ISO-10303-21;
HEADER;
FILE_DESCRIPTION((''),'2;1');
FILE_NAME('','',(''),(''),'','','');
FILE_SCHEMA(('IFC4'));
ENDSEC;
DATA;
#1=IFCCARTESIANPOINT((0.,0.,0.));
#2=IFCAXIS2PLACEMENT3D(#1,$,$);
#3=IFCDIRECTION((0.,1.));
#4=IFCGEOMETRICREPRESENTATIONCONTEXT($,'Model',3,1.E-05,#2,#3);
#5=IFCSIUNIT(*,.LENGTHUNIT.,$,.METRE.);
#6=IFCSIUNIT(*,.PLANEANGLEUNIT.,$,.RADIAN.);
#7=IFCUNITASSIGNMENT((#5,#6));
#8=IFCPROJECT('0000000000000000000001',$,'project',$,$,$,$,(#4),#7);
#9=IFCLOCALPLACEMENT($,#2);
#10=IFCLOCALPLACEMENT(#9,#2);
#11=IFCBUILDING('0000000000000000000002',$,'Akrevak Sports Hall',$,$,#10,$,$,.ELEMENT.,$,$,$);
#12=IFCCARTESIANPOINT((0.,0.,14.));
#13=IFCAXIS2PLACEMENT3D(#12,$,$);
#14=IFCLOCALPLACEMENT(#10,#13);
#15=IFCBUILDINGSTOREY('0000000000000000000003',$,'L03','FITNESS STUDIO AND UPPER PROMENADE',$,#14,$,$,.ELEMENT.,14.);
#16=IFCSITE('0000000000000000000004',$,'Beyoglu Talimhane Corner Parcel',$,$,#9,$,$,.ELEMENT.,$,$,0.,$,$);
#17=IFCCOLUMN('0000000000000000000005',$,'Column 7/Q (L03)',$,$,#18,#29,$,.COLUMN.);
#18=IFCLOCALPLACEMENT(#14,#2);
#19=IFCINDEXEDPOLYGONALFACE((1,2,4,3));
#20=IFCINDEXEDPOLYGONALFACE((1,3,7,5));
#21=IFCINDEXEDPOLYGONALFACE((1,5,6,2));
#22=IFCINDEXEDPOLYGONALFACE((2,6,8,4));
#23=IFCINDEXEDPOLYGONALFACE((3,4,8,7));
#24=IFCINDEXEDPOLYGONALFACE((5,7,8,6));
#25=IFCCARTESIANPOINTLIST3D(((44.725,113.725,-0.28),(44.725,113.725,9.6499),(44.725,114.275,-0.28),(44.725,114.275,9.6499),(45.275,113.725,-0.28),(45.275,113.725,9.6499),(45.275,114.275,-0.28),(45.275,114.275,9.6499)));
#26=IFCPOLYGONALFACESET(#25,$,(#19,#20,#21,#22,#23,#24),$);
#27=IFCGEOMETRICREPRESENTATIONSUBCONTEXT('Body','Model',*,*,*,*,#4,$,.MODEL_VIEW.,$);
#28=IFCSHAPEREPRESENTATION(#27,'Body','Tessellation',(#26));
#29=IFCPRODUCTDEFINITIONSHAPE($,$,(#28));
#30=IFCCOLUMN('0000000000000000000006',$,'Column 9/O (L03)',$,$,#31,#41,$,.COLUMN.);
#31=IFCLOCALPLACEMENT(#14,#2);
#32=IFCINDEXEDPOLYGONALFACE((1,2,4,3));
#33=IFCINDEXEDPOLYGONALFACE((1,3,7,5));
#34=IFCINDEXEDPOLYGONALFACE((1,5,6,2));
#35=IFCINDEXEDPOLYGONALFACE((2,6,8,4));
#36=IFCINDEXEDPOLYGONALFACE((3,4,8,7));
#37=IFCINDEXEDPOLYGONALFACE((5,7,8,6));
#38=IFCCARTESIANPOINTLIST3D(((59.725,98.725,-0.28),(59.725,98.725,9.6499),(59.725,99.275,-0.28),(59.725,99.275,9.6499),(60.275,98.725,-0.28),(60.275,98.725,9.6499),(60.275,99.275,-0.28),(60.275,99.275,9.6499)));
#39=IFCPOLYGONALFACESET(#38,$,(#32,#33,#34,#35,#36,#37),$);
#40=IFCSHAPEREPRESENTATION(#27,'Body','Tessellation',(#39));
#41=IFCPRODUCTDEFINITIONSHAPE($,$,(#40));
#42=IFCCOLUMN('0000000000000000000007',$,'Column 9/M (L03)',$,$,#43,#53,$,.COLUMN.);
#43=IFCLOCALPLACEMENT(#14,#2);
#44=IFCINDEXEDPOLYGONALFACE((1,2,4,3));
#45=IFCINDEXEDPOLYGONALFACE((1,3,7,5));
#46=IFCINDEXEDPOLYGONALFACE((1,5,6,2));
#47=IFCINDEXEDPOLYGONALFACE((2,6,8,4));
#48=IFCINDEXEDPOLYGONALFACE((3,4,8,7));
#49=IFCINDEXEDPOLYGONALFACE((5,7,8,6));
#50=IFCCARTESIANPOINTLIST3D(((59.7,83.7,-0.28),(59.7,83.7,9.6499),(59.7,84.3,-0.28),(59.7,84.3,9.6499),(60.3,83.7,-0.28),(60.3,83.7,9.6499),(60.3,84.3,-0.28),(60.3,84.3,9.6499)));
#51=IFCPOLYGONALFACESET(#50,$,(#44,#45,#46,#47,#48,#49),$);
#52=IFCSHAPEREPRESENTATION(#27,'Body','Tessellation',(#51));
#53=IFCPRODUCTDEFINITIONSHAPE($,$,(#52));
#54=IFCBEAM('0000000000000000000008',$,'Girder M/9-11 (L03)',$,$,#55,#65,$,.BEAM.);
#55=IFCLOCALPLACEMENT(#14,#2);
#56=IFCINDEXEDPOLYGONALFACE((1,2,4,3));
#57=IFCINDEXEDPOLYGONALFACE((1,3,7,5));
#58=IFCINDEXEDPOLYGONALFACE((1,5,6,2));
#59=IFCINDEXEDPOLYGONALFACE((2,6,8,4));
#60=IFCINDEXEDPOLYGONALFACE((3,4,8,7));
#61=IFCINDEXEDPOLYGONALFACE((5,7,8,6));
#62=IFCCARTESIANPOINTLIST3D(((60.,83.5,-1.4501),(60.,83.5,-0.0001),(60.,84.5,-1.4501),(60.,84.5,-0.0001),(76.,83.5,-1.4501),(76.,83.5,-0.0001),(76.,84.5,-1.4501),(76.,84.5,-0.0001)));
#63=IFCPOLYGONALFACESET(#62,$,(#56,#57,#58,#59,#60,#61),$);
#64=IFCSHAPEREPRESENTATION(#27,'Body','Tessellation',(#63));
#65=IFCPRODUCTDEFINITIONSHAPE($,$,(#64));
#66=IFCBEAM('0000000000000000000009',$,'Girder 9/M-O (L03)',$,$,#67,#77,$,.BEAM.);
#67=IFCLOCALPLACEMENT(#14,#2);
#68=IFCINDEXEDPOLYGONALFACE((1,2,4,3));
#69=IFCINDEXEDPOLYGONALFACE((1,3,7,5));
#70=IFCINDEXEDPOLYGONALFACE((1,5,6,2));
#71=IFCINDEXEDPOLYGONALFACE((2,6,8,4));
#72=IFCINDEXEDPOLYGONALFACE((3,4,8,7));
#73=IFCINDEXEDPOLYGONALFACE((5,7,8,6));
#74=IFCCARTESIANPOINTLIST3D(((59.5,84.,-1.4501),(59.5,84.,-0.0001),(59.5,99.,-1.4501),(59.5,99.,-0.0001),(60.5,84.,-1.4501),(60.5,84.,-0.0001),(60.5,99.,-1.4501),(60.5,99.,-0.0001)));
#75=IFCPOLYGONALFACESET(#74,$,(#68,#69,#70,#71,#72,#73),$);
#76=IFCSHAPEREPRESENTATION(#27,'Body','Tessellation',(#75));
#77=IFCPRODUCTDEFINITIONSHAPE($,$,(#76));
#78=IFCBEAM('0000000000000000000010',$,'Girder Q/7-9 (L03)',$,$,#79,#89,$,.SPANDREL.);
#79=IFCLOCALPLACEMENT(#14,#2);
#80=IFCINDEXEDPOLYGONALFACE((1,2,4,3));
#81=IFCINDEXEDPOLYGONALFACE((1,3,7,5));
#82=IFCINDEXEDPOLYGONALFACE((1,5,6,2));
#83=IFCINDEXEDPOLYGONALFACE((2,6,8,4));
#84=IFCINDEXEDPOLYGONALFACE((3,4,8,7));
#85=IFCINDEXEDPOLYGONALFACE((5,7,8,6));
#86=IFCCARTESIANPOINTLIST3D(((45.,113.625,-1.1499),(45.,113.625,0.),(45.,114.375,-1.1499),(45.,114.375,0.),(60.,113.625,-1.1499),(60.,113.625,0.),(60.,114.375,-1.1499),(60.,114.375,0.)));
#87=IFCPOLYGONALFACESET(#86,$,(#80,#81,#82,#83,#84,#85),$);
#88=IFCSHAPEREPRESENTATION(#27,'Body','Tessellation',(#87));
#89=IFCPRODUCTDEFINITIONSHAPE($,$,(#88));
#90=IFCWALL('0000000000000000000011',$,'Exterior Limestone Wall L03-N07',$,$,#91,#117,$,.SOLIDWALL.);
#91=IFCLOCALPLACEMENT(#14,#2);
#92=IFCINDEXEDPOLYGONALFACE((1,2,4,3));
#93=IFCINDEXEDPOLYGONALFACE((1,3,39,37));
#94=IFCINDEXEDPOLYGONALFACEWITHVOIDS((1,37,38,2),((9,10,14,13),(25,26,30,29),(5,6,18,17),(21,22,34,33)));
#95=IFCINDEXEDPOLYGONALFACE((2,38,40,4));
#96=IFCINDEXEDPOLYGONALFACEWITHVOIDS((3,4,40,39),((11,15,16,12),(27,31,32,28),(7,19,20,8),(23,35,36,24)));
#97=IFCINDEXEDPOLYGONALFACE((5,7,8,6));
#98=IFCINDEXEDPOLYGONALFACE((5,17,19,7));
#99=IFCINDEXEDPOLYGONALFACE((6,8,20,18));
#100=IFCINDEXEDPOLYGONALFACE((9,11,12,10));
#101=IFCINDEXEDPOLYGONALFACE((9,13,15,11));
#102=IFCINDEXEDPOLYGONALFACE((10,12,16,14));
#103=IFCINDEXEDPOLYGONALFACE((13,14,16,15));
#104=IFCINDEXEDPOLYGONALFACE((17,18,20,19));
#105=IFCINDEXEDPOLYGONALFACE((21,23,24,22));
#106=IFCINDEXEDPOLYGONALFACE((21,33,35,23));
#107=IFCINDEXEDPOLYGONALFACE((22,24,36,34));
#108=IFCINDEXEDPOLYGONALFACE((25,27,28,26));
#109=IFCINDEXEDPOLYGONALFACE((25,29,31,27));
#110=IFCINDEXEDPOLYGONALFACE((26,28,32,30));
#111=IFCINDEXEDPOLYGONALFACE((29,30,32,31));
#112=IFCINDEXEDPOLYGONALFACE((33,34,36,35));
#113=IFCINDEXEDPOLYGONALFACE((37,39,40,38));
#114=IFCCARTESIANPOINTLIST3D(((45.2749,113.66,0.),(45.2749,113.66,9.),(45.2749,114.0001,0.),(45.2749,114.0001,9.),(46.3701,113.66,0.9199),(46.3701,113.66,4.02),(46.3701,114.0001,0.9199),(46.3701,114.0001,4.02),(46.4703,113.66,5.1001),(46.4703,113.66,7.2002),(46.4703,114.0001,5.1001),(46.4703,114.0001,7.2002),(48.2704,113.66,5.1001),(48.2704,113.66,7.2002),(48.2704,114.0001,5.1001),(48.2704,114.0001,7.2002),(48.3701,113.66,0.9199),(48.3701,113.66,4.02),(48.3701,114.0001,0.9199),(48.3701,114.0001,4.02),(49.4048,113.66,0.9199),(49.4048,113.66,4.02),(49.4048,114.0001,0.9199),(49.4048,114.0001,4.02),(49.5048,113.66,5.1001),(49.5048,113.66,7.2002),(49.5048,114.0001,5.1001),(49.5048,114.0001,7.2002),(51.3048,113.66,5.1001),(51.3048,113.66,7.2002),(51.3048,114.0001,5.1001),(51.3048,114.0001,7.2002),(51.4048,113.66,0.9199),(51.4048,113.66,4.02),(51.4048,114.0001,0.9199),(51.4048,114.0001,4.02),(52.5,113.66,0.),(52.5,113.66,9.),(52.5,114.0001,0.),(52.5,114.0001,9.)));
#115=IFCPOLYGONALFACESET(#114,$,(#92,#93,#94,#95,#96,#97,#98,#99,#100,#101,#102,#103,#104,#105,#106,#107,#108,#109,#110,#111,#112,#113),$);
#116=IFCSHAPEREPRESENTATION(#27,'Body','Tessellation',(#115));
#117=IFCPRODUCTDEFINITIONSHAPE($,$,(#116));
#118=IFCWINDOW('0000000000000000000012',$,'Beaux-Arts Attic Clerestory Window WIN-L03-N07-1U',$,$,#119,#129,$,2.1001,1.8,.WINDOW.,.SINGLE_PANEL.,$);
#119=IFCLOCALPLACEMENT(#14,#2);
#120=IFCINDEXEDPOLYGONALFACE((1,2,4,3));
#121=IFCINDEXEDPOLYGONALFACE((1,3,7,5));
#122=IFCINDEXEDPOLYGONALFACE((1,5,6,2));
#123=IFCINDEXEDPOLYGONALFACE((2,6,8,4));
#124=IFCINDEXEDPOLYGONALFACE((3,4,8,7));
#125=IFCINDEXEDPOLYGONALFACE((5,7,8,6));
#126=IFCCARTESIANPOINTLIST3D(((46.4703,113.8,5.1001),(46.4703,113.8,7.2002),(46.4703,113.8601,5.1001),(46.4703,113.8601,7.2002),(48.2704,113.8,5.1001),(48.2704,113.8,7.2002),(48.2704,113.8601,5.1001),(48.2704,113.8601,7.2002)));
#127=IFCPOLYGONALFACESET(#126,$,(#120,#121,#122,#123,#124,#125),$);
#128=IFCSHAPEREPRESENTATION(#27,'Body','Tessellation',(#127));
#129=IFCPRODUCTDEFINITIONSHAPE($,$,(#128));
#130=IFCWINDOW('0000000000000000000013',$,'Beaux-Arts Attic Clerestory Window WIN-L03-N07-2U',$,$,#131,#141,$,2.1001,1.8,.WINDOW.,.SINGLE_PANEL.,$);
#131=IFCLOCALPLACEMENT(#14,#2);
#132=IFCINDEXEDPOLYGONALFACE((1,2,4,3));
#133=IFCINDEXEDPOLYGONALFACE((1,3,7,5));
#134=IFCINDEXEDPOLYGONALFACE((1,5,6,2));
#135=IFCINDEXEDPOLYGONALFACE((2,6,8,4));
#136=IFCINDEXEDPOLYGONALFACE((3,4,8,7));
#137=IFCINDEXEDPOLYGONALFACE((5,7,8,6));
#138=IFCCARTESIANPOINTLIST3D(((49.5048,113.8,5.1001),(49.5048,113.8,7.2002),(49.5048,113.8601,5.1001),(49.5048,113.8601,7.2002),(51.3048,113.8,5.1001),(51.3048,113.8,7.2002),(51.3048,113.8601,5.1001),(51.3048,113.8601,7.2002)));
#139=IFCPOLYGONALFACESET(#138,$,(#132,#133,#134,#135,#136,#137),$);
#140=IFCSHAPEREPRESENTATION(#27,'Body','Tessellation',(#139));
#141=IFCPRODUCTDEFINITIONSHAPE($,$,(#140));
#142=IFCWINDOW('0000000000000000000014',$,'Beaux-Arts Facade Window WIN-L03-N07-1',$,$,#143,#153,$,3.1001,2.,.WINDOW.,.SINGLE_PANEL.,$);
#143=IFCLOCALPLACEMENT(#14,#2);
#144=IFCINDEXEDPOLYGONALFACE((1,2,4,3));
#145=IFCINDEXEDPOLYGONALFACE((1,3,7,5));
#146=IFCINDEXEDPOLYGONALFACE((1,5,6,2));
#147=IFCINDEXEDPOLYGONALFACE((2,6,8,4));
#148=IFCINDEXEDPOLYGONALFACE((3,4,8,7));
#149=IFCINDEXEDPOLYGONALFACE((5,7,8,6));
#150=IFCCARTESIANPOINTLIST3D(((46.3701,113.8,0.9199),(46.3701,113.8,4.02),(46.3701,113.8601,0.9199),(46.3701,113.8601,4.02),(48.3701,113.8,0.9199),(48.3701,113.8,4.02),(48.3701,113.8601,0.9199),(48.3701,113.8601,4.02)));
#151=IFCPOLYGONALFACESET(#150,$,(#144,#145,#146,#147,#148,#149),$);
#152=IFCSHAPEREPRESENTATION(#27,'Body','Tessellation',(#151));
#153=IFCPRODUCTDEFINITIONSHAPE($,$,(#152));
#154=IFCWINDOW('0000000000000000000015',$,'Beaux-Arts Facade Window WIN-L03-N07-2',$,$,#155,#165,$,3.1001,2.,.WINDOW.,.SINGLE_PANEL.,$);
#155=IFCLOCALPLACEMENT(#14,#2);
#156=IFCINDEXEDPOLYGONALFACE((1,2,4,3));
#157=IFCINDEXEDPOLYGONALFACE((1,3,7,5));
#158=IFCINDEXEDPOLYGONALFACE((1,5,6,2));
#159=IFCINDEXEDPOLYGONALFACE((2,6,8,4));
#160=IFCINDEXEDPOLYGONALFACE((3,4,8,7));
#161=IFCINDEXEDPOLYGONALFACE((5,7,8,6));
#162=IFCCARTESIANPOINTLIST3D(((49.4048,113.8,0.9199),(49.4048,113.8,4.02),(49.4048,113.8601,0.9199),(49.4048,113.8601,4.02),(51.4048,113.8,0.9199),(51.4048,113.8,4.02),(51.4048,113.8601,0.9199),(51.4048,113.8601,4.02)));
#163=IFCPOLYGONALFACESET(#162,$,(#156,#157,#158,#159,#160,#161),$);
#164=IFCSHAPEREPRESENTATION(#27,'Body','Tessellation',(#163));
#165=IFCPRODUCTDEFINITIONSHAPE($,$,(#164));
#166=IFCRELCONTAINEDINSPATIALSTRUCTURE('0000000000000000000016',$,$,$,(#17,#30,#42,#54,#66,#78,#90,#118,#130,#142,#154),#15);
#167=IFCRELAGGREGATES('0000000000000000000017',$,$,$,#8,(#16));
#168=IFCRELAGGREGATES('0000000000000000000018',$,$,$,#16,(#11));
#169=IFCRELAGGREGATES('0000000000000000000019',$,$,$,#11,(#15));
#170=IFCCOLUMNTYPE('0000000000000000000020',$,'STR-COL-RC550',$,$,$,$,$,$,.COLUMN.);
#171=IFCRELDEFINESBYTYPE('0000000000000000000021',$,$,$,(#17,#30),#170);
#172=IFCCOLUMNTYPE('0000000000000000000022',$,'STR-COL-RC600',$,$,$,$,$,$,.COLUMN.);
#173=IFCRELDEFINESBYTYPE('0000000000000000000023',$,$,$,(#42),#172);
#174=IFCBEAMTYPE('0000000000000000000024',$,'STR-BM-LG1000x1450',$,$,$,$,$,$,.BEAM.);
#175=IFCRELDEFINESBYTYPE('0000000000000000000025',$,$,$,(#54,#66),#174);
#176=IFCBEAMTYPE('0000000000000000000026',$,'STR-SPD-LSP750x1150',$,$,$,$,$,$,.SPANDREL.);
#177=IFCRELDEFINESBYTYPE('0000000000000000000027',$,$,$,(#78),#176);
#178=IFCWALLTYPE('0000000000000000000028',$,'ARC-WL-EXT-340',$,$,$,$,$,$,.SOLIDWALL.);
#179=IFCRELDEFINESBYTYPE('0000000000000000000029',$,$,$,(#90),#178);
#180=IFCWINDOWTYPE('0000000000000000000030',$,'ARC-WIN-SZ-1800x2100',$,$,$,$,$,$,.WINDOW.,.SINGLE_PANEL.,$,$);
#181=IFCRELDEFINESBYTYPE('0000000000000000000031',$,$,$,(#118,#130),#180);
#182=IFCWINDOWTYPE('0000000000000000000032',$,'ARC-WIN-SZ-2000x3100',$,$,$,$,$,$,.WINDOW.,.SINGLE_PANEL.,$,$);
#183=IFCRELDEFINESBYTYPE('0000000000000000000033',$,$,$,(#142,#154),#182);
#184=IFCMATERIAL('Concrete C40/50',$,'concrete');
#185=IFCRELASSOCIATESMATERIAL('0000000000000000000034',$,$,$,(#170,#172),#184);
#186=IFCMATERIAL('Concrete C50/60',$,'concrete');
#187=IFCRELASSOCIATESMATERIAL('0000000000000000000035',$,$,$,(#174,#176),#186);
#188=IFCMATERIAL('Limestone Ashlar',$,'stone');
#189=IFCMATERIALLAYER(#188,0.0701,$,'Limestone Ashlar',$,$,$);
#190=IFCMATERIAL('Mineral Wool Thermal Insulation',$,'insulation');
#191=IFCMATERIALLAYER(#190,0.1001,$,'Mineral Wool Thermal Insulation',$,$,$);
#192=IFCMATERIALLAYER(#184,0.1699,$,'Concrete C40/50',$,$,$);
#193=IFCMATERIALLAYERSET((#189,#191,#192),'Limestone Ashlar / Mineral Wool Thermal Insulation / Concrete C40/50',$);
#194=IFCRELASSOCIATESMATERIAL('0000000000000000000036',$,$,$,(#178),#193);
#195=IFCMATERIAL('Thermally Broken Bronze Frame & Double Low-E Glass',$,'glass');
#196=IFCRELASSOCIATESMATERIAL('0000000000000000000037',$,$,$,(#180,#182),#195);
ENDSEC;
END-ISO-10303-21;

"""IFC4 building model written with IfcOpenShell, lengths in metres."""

from ifc_helpers import new_model, si_unit, direction, frame, frame_2d, origin, origin_2d, place, context, subcontext, project, spatial, rectangle, extrude, material, layer, layer_set, material_profile, profile_set, type_object, element, fill, save


model = new_model("IFC4")

# Units and contexts
model_context = context("Model", 3, precision=1e-05, world=origin(), true_north=direction((0.0, 1.0)))
body_context = subcontext(model_context, "Body", "Model", "MODEL_VIEW")
ifc_project = project(units=[si_unit("LENGTHUNIT", "METRE"), si_unit("PLANEANGLEUNIT", "RADIAN")], contexts=[model_context])

# Site, building, storey
site_placement = place(None, origin())
site = spatial("IfcSite", under=ifc_project, at=site_placement, Name="Beyoglu Talimhane Corner Parcel", CompositionType="ELEMENT", RefElevation=0.0)
building_placement = place(site_placement, origin())
building = spatial("IfcBuilding", under=site, at=building_placement, Name="Akrevak Sports Hall", CompositionType="ELEMENT")
storey_placement = place(building_placement, frame((0.0, 0.0, 14.0)))
storey = spatial("IfcBuildingStorey", under=building, at=storey_placement, Name="L03", Description="FITNESS STUDIO AND UPPER PROMENADE", CompositionType="ELEMENT", Elevation=14.0)

# Columns
ifc_material_1 = material(Name="Concrete C40/50", Category="concrete")
ifc_material_profile_1 = material_profile(ifc_material_1, rectangle(XDim=0.55, YDim=0.55, at=origin_2d()), Name="RC 550x550", Category="concrete")
ifc_profile_set_1 = profile_set([ifc_material_profile_1], Name="Concrete C40/50")
column_type_1 = type_object("IfcColumnType", Name="STR-COL-RC550", PredefinedType="COLUMN", material=ifc_profile_set_1)
for number, where, z_axis, x_axis, name in (
    (1, (45.0, 114.0, -0.28), (0.0, 0.0, 1.0), (1.0, 0.0, 0.0), "Column 7/Q (L03)"),
    (2, (60.0, 99.0, -0.28), (0.0, 0.0, 1.0), (1.0, 0.0, 0.0), "Column 9/O (L03)"),
):
    element("IfcColumn", number, at=place(storey_placement, frame(where, z_axis=z_axis, x_axis=x_axis)), inside=storey, type_object=column_type_1, Name=name, PredefinedType="COLUMN", context=body_context, shape_type="SweptSolid", body=[
        extrude(rectangle(XDim=0.55, YDim=0.55, at=origin_2d()), origin(), (0.0, 0.0, 1.0), 9.9299),
    ])
ifc_material_profile_2 = material_profile(ifc_material_1, rectangle(XDim=0.6001, YDim=0.6001, at=origin_2d()), Name="RC 600x600", Category="concrete")
ifc_profile_set_2 = profile_set([ifc_material_profile_2], Name="Concrete C40/50")
column_type_2 = type_object("IfcColumnType", Name="STR-COL-RC600", PredefinedType="COLUMN", material=ifc_profile_set_2)
column_placement = place(storey_placement, frame((60.0, 84.0, -0.28), z_axis=(0.0, 0.0, 1.0), x_axis=(1.0, 0.0, 0.0)))
element("IfcColumn", 3, at=column_placement, inside=storey, type_object=column_type_2, Name="Column 9/M (L03)", PredefinedType="COLUMN", context=body_context, shape_type="SweptSolid", body=[
    extrude(rectangle(XDim=0.6001, YDim=0.6001, at=origin_2d()), origin(), (0.0, 0.0, 1.0), 9.9299),
])

# Beams
ifc_material_2 = material(Name="Concrete C50/60", Category="concrete")
ifc_material_profile_3 = material_profile(ifc_material_2, rectangle(XDim=1.0, YDim=1.45, at=origin_2d()), Name="BM 1000x1450", Category="concrete")
ifc_profile_set_3 = profile_set([ifc_material_profile_3], Name="Concrete C50/60")
beam_type_1 = type_object("IfcBeamType", Name="STR-BM-LG1000x1450", PredefinedType="BEAM", material=ifc_profile_set_3)
beam_1_placement = place(storey_placement, frame((60.0, 84.0, -0.7251), z_axis=(1.0, 0.0, 0.0), x_axis=(0.0, 1.0, 0.0)))
element("IfcBeam", 4, at=beam_1_placement, inside=storey, type_object=beam_type_1, Name="Girder M/9-11 (L03)", PredefinedType="BEAM", context=body_context, shape_type="SweptSolid", body=[
    extrude(rectangle(XDim=1.0, YDim=1.45, at=origin_2d()), origin(), (0.0, 0.0, 1.0), 16.0),
])
beam_2_placement = place(storey_placement, frame((60.0, 84.0, -0.7251), z_axis=(0.0, 1.0, 0.0), x_axis=(-1.0, 0.0, 0.0)))
element("IfcBeam", 5, at=beam_2_placement, inside=storey, type_object=beam_type_1, Name="Girder 9/M-O (L03)", PredefinedType="BEAM", context=body_context, shape_type="SweptSolid", body=[
    extrude(rectangle(XDim=1.0, YDim=1.45, at=origin_2d()), origin(), (0.0, 0.0, 1.0), 15.0),
])
ifc_material_profile_4 = material_profile(ifc_material_2, rectangle(XDim=0.75, YDim=1.1499, at=origin_2d()), Name="SPD 750x1150", Category="concrete")
ifc_profile_set_4 = profile_set([ifc_material_profile_4], Name="Concrete C50/60")
beam_type_2 = type_object("IfcBeamType", Name="STR-SPD-LSP750x1150", PredefinedType="SPANDREL", material=ifc_profile_set_4)
beam_3_placement = place(storey_placement, frame((45.0, 114.0, -0.575), z_axis=(1.0, 0.0, 0.0), x_axis=(0.0, 1.0, 0.0)))
element("IfcBeam", 6, at=beam_3_placement, inside=storey, type_object=beam_type_2, Name="Girder Q/7-9 (L03)", PredefinedType="SPANDREL", context=body_context, shape_type="SweptSolid", body=[
    extrude(rectangle(XDim=0.75, YDim=1.1499, at=origin_2d()), origin(), (0.0, 0.0, 1.0), 15.0),
])

# Wall, openings, windows
ifc_material_3 = material(Name="Limestone Ashlar", Category="stone")
ifc_layer_1 = layer(ifc_material_3, 0.0701, Name="Limestone Ashlar")
ifc_material_4 = material(Name="Mineral Wool Thermal Insulation", Category="insulation")
ifc_layer_2 = layer(ifc_material_4, 0.1001, Name="Mineral Wool Thermal Insulation")
ifc_layer_3 = layer(ifc_material_1, 0.1699, Name="Concrete C40/50")
ifc_layer_set_1 = layer_set([ifc_layer_1, ifc_layer_2, ifc_layer_3], Name="Limestone Ashlar / Mineral Wool Thermal Insulation / Concrete C40/50")
wall_type = type_object("IfcWallType", Name="ARC-WL-EXT-340", PredefinedType="SOLIDWALL", material=ifc_layer_set_1)
wall_1_placement = place(storey_placement, frame((52.5, 113.8301, 0.0), z_axis=(0.0, 0.0, 1.0), x_axis=(-1.0, 0.0, 0.0)))
wall_1 = element("IfcWall", 7, at=wall_1_placement, inside=storey, type_object=wall_type, Name="Exterior Limestone Wall L03-N07", PredefinedType="SOLIDWALL", context=body_context, shape_type="SweptSolid", body=[
    extrude(rectangle(XDim=7.2251, YDim=0.3401, at=frame_2d((3.6125, 0.0))), origin(), (0.0, 0.0, 1.0), 9.0),
])
opening_1_placement = place(wall_1_placement, frame((4.1299, 0.0, 0.9199)))
opening_1 = element("IfcOpeningElement", 8, at=opening_1_placement, cuts=wall_1, PredefinedType="OPENING", context=body_context, shape_type="SweptSolid", body=[
    extrude(rectangle(XDim=2.0, YDim=3.1001, at=frame_2d((1.0, 1.55))), frame((0.0, 0.1821, 0.0), z_axis=(0.0, -1.0, 0.0), x_axis=(1.0, 0.0, 0.0)), (0.0, 0.0, 1.0), 0.364),
])
opening_2_placement = place(wall_1_placement, frame((4.2297, 0.0, 5.1001)))
opening_2 = element("IfcOpeningElement", 9, at=opening_2_placement, cuts=wall_1, PredefinedType="OPENING", context=body_context, shape_type="SweptSolid", body=[
    extrude(rectangle(XDim=1.8, YDim=2.1001, at=frame_2d((0.8999, 1.05))), frame((0.0, 0.1821, 0.0), z_axis=(0.0, -1.0, 0.0), x_axis=(1.0, 0.0, 0.0)), (0.0, 0.0, 1.0), 0.364),
])
opening_3_placement = place(wall_1_placement, frame((1.0952, 0.0, 0.9199)))
opening_3 = element("IfcOpeningElement", 10, at=opening_3_placement, cuts=wall_1, PredefinedType="OPENING", context=body_context, shape_type="SweptSolid", body=[
    extrude(rectangle(XDim=2.0, YDim=3.1001, at=frame_2d((1.0, 1.55))), frame((0.0, 0.1821, 0.0), z_axis=(0.0, -1.0, 0.0), x_axis=(1.0, 0.0, 0.0)), (0.0, 0.0, 1.0), 0.364),
])
opening_4_placement = place(wall_1_placement, frame((1.1953, 0.0, 5.1001)))
opening_4 = element("IfcOpeningElement", 11, at=opening_4_placement, cuts=wall_1, PredefinedType="OPENING", context=body_context, shape_type="SweptSolid", body=[
    extrude(rectangle(XDim=1.8, YDim=2.1001, at=frame_2d((0.8999, 1.05))), frame((0.0, 0.1821, 0.0), z_axis=(0.0, -1.0, 0.0), x_axis=(1.0, 0.0, 0.0)), (0.0, 0.0, 1.0), 0.364),
])
ifc_material_5 = material(Name="Thermally Broken Bronze Frame & Double Low-E Glass", Category="glass")
window_type_1 = type_object("IfcWindowType", Name="ARC-WIN-SZ-1800x2100", PartitioningType="SINGLE_PANEL", PredefinedType="WINDOW", material=ifc_material_5)
window_1_placement = place(opening_2_placement, origin())
window_1 = element("IfcWindow", 12, at=window_1_placement, inside=storey, type_object=window_type_1, Name="Beaux-Arts Attic Clerestory Window WIN-L03-N07-1U", OverallHeight=2.1001, OverallWidth=1.8, PartitioningType="SINGLE_PANEL", PredefinedType="WINDOW", context=body_context, shape_type="SweptSolid", body=[
    extrude(rectangle(XDim=1.8, YDim=2.1001, at=frame_2d((0.8999, 1.05))), frame((0.0, 0.03, 0.0), z_axis=(0.0, -1.0, 0.0), x_axis=(1.0, 0.0, 0.0)), (0.0, 0.0, 1.0), 0.0601),
])
fill(opening_2, window_1)
window_2_placement = place(opening_4_placement, origin())
window_2 = element("IfcWindow", 13, at=window_2_placement, inside=storey, type_object=window_type_1, Name="Beaux-Arts Attic Clerestory Window WIN-L03-N07-2U", OverallHeight=2.1001, OverallWidth=1.8, PartitioningType="SINGLE_PANEL", PredefinedType="WINDOW", context=body_context, shape_type="SweptSolid", body=[
    extrude(rectangle(XDim=1.8, YDim=2.1001, at=frame_2d((0.8999, 1.05))), frame((0.0, 0.03, 0.0), z_axis=(0.0, -1.0, 0.0), x_axis=(1.0, 0.0, 0.0)), (0.0, 0.0, 1.0), 0.0601),
])
fill(opening_4, window_2)
window_type_2 = type_object("IfcWindowType", Name="ARC-WIN-SZ-2000x3100", PartitioningType="SINGLE_PANEL", PredefinedType="WINDOW", material=ifc_material_5)
window_3_placement = place(opening_1_placement, origin())
window_3 = element("IfcWindow", 14, at=window_3_placement, inside=storey, type_object=window_type_2, Name="Beaux-Arts Facade Window WIN-L03-N07-1", OverallHeight=3.1001, OverallWidth=2.0, PartitioningType="SINGLE_PANEL", PredefinedType="WINDOW", context=body_context, shape_type="SweptSolid", body=[
    extrude(rectangle(XDim=2.0, YDim=3.1001, at=frame_2d((1.0, 1.55))), frame((0.0, 0.03, 0.0), z_axis=(0.0, -1.0, 0.0), x_axis=(1.0, 0.0, 0.0)), (0.0, 0.0, 1.0), 0.0601),
])
fill(opening_1, window_3)
window_4_placement = place(opening_3_placement, origin())
window_4 = element("IfcWindow", 15, at=window_4_placement, inside=storey, type_object=window_type_2, Name="Beaux-Arts Facade Window WIN-L03-N07-2", OverallHeight=3.1001, OverallWidth=2.0, PartitioningType="SINGLE_PANEL", PredefinedType="WINDOW", context=body_context, shape_type="SweptSolid", body=[
    extrude(rectangle(XDim=2.0, YDim=3.1001, at=frame_2d((1.0, 1.55))), frame((0.0, 0.03, 0.0), z_axis=(0.0, -1.0, 0.0), x_axis=(1.0, 0.0, 0.0)), (0.0, 0.0, 1.0), 0.0601),
])
fill(opening_3, window_4)

save(model, "model.ifc")
